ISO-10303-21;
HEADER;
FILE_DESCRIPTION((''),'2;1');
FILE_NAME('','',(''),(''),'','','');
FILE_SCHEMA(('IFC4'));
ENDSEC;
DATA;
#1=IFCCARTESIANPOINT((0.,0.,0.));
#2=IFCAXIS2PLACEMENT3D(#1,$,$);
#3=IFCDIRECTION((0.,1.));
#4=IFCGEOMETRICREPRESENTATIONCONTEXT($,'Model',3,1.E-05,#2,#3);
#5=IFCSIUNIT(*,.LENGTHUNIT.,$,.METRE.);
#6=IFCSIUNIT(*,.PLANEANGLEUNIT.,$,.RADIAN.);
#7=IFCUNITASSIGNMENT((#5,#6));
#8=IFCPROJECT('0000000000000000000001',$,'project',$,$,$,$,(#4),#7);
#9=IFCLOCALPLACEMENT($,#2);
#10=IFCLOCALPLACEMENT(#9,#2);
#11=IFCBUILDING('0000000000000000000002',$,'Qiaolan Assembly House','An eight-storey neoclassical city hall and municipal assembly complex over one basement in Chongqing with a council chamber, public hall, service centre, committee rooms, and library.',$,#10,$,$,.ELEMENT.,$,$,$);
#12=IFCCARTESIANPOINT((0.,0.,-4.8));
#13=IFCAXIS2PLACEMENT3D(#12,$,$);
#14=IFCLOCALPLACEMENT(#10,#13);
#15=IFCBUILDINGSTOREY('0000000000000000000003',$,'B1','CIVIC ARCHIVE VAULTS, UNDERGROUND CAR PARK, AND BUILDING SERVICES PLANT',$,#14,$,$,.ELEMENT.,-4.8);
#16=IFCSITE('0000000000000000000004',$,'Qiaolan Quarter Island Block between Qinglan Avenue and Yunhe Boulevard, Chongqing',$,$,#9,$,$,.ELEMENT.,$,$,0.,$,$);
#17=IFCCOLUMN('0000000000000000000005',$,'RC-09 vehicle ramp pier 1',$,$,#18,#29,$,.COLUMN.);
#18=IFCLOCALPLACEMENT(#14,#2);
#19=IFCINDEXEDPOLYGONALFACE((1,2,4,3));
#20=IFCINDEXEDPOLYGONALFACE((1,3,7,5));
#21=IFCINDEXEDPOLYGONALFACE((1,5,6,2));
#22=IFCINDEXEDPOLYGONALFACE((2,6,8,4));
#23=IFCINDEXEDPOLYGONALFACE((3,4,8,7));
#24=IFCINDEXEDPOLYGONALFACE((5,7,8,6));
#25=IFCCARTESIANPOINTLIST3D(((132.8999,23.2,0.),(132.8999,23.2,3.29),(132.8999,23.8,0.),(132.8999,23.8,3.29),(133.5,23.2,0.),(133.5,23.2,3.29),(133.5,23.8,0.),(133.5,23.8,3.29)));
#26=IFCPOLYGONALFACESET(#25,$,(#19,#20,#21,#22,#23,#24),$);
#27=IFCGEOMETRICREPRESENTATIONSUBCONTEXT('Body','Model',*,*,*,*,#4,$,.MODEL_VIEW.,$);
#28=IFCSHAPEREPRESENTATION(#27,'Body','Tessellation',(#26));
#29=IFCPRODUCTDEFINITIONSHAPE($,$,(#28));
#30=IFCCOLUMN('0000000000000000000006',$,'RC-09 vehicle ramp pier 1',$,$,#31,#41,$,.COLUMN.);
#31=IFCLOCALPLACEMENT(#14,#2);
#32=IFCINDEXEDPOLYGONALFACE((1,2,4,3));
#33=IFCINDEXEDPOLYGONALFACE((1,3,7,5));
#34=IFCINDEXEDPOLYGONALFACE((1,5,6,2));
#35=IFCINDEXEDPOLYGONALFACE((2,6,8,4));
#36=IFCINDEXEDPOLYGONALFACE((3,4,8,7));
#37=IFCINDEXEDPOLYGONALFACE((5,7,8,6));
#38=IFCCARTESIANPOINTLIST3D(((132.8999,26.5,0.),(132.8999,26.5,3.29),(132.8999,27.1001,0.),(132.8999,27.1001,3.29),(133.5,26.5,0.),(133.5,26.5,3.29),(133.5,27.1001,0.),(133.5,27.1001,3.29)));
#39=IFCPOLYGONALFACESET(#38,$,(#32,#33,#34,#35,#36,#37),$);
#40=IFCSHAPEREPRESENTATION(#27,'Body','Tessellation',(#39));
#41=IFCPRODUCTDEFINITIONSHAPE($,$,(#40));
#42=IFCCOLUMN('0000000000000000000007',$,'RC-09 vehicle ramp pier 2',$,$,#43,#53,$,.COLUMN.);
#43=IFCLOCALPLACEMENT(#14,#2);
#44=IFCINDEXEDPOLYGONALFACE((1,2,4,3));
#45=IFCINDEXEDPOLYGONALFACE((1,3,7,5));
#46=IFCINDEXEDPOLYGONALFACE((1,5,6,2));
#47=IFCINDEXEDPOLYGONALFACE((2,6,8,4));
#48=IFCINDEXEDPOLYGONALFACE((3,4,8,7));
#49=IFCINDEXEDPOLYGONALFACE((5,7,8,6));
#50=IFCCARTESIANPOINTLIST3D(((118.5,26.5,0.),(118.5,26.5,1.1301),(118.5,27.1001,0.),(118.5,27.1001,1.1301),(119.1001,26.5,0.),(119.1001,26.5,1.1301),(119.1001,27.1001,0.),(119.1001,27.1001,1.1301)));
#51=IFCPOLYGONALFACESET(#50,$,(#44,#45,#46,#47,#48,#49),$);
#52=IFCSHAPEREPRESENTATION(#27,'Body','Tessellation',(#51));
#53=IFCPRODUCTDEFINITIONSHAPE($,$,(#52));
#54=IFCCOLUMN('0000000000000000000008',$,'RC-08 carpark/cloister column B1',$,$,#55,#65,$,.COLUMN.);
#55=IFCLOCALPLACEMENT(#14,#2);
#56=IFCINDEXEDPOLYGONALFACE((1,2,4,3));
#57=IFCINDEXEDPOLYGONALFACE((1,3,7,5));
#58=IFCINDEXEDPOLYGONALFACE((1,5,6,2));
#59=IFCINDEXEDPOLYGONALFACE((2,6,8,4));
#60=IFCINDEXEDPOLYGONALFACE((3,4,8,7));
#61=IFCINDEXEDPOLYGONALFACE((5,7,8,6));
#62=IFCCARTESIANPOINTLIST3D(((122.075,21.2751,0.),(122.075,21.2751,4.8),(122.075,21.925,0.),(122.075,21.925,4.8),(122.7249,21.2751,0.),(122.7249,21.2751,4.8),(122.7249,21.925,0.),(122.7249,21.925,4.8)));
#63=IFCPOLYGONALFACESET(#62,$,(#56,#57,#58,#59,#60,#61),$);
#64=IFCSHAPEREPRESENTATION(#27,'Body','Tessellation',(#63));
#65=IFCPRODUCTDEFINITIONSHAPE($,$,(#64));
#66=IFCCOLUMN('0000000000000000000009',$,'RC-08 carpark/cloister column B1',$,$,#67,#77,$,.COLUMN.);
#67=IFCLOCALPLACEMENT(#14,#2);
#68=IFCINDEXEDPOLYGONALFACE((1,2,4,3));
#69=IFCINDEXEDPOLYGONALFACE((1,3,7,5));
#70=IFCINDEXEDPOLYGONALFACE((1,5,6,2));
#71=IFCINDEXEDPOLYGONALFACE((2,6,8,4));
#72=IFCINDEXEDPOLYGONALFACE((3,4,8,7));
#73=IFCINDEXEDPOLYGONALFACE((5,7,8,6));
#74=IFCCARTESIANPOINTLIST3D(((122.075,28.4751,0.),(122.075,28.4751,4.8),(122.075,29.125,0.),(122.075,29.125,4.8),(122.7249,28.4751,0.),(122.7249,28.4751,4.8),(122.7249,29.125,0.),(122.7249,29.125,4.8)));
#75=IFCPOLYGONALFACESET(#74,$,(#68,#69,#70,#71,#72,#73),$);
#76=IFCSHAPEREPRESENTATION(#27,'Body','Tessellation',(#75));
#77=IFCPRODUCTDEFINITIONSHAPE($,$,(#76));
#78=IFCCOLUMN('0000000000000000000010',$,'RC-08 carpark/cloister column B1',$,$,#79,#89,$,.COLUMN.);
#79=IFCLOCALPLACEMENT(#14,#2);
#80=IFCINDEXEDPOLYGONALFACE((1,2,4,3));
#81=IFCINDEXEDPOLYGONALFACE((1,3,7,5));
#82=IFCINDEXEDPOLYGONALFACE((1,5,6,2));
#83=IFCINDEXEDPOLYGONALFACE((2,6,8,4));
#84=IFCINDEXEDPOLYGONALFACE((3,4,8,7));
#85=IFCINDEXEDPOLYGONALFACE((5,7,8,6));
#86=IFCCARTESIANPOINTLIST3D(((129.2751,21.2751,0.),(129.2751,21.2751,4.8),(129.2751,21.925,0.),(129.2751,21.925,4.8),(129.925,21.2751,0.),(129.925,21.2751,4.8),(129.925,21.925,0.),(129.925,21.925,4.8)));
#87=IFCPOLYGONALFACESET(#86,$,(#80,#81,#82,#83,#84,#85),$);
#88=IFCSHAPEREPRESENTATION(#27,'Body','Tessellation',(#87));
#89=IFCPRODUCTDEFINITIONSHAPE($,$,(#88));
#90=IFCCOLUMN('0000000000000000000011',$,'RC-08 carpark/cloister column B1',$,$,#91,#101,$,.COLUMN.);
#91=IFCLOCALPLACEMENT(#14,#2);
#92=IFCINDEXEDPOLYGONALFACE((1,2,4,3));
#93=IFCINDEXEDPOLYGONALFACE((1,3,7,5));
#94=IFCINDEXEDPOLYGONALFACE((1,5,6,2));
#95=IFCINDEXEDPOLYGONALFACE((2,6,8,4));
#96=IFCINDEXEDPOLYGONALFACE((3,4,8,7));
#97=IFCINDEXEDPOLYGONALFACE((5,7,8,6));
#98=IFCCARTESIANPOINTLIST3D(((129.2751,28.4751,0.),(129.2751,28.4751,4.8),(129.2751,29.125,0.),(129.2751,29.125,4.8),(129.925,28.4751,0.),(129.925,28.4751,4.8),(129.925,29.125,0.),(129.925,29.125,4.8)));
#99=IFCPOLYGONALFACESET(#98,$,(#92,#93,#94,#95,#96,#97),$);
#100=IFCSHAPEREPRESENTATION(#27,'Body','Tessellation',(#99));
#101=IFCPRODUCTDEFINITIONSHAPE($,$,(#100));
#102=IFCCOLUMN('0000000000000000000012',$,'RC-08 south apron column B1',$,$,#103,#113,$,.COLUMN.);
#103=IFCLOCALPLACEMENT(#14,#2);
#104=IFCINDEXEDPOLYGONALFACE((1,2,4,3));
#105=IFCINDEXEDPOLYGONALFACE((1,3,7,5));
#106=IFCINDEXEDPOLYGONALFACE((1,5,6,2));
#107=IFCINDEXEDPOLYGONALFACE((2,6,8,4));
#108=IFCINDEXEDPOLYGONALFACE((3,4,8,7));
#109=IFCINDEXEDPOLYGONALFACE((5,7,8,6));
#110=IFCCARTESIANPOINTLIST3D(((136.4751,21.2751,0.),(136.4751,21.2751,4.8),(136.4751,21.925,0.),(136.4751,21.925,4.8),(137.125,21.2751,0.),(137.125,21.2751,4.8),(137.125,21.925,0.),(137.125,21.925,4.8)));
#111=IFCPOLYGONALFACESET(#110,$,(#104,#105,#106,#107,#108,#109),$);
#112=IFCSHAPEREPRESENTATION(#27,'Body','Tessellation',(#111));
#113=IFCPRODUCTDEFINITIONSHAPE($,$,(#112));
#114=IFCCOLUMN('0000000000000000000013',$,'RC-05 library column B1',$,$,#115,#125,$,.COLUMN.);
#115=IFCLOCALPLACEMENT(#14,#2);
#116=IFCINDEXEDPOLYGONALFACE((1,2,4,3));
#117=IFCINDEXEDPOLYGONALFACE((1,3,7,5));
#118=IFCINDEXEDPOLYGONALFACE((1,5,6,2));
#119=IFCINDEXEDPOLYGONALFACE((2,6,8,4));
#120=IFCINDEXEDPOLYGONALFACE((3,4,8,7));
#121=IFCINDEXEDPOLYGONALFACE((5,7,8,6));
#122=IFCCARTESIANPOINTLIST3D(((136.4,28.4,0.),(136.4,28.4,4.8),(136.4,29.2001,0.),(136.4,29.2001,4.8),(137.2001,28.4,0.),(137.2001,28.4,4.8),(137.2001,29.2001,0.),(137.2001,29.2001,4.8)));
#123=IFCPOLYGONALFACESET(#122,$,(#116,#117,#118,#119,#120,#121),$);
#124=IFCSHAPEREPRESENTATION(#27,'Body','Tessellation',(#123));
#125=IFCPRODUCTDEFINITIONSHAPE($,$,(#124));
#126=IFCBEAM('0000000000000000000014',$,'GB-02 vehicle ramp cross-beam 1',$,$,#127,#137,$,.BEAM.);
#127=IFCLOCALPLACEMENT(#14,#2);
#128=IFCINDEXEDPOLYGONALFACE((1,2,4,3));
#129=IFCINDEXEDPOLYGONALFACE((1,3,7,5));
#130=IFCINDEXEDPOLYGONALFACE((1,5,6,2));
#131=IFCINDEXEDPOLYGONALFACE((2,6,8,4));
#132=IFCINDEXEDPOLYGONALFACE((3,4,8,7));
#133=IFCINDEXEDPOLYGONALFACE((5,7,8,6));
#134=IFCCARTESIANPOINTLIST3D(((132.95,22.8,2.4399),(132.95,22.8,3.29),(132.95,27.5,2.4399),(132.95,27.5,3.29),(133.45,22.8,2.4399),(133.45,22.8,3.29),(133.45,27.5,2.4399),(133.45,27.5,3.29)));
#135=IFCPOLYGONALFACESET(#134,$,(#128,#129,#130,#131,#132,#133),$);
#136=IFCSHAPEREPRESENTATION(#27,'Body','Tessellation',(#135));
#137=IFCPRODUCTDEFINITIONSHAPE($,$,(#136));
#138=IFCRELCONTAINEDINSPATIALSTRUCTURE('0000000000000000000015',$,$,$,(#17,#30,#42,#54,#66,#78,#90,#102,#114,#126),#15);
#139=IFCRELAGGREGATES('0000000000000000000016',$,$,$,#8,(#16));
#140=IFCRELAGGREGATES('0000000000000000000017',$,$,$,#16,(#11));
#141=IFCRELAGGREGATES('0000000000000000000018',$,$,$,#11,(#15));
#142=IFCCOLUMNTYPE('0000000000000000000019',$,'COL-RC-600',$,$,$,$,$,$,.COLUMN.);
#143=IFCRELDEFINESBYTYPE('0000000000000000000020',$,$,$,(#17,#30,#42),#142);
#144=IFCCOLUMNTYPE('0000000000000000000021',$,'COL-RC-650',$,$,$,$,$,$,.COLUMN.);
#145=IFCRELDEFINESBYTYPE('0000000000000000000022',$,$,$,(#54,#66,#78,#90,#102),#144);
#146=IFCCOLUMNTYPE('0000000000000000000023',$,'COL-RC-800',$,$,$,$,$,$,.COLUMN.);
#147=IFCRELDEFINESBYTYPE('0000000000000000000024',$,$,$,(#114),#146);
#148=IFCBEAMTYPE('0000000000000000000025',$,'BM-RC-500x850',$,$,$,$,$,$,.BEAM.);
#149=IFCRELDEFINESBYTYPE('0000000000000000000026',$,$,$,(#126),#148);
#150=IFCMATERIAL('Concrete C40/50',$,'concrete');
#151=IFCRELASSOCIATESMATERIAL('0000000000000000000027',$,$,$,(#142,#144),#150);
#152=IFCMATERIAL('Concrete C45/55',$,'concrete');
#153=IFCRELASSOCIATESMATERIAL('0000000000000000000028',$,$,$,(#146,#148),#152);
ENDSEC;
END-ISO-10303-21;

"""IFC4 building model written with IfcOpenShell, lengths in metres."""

from ifc_helpers import new_model, si_unit, direction, frame, origin, origin_2d, place, context, subcontext, project, spatial, rectangle, extrude, material, material_profile, profile_set, type_object, element, save


model = new_model("IFC4")

# Units and contexts
model_context = context("Model", 3, precision=1e-05, world=origin(), true_north=direction((0.0, 1.0)))
body_context = subcontext(model_context, "Body", "Model", "MODEL_VIEW")
ifc_project = project(units=[si_unit("LENGTHUNIT", "METRE"), si_unit("PLANEANGLEUNIT", "RADIAN")], contexts=[model_context])

# Site, building, storey
site_placement = place(None, origin())
site = spatial("IfcSite", under=ifc_project, at=site_placement, Name="Qiaolan Quarter Island Block between Qinglan Avenue and Yunhe Boulevard, Chongqing", CompositionType="ELEMENT", RefElevation=0.0)
building_placement = place(site_placement, origin())
building = spatial("IfcBuilding", under=site, at=building_placement, Name="Qiaolan Assembly House", Description="An eight-storey neoclassical city hall and municipal assembly complex over one basement in Chongqing with a council chamber, public hall, service centre, committee rooms, and library.", CompositionType="ELEMENT")
storey_placement = place(building_placement, frame((0.0, 0.0, -4.8)))
storey = spatial("IfcBuildingStorey", under=building, at=storey_placement, Name="B1", Description="CIVIC ARCHIVE VAULTS, UNDERGROUND CAR PARK, AND BUILDING SERVICES PLANT", CompositionType="ELEMENT", Elevation=-4.8)

# Shared definitions
ifc_material_1 = material(Name="Concrete C40/50", Category="concrete")

# Shared definitions
ifc_material_2 = material(Name="Concrete C45/55", Category="concrete")

# Columns
ifc_material_profile_1 = material_profile(ifc_material_1, rectangle(XDim=0.6001, YDim=0.6001, at=origin_2d()), Name="RC 600x600")
ifc_profile_set_1 = profile_set([ifc_material_profile_1], Name="Concrete C40/50")
column_type_1 = type_object("IfcColumnType", Name="COL-RC-600", PredefinedType="COLUMN", material=ifc_profile_set_1)
for number, where, z_axis, x_axis, name in (
    (1, (133.2, 23.5, 0.0), (0.0, 0.0, 1.0), (1.0, 0.0, 0.0), "RC-09 vehicle ramp pier 1"),
    (2, (133.2, 26.8, 0.0), (0.0, 0.0, 1.0), (1.0, 0.0, 0.0), "RC-09 vehicle ramp pier 1"),
):
    element("IfcColumn", number, at=place(storey_placement, frame(where, z_axis=z_axis, x_axis=x_axis)), inside=storey, type_object=column_type_1, Name=name, PredefinedType="COLUMN", context=body_context, shape_type="SweptSolid", body=[
        extrude(rectangle(XDim=0.6001, YDim=0.6001, at=origin_2d()), origin(), (0.0, 0.0, 1.0), 3.29),
    ])
column_1_placement = place(storey_placement, frame((118.8, 26.8, 0.0), z_axis=(0.0, 0.0, 1.0), x_axis=(1.0, 0.0, 0.0)))
element("IfcColumn", 3, at=column_1_placement, inside=storey, type_object=column_type_1, Name="RC-09 vehicle ramp pier 2", PredefinedType="COLUMN", context=body_context, shape_type="SweptSolid", body=[
    extrude(rectangle(XDim=0.6001, YDim=0.6001, at=origin_2d()), origin(), (0.0, 0.0, 1.0), 1.1301),
])
ifc_material_profile_2 = material_profile(ifc_material_1, rectangle(XDim=0.6499, YDim=0.6499, at=origin_2d()), Name="RC 650x650")
ifc_profile_set_2 = profile_set([ifc_material_profile_2], Name="Concrete C40/50")
column_type_2 = type_object("IfcColumnType", Name="COL-RC-650", PredefinedType="COLUMN", material=ifc_profile_set_2)
for number, where, z_axis, x_axis, name in (
    (4, (122.3999, 21.6001, 0.0), (0.0, 0.0, 1.0), (1.0, 0.0, 0.0), "RC-08 carpark/cloister column B1"),
    (5, (122.3999, 28.8, 0.0), (0.0, 0.0, 1.0), (1.0, 0.0, 0.0), "RC-08 carpark/cloister column B1"),
    (6, (129.6001, 21.6001, 0.0), (0.0, 0.0, 1.0), (1.0, 0.0, 0.0), "RC-08 carpark/cloister column B1"),
    (7, (129.6001, 28.8, 0.0), (0.0, 0.0, 1.0), (1.0, 0.0, 0.0), "RC-08 carpark/cloister column B1"),
    (8, (136.8, 21.6001, 0.0), (0.0, 0.0, 1.0), (1.0, 0.0, 0.0), "RC-08 south apron column B1"),
):
    element("IfcColumn", number, at=place(storey_placement, frame(where, z_axis=z_axis, x_axis=x_axis)), inside=storey, type_object=column_type_2, Name=name, PredefinedType="COLUMN", context=body_context, shape_type="SweptSolid", body=[
        extrude(rectangle(XDim=0.6499, YDim=0.6499, at=origin_2d()), origin(), (0.0, 0.0, 1.0), 4.8),
    ])
ifc_material_profile_3 = material_profile(ifc_material_2, rectangle(XDim=0.8, YDim=0.8, at=origin_2d()), Name="RC 800x800")
ifc_profile_set_3 = profile_set([ifc_material_profile_3], Name="Concrete C45/55")
column_type_3 = type_object("IfcColumnType", Name="COL-RC-800", PredefinedType="COLUMN", material=ifc_profile_set_3)
column_2_placement = place(storey_placement, frame((136.8, 28.8, 0.0), z_axis=(0.0, 0.0, 1.0), x_axis=(1.0, 0.0, 0.0)))
element("IfcColumn", 9, at=column_2_placement, inside=storey, type_object=column_type_3, Name="RC-05 library column B1", PredefinedType="COLUMN", context=body_context, shape_type="SweptSolid", body=[
    extrude(rectangle(XDim=0.8, YDim=0.8, at=origin_2d()), origin(), (0.0, 0.0, 1.0), 4.8),
])

# Beam
ifc_material_profile_4 = material_profile(ifc_material_2, rectangle(XDim=0.5, YDim=0.8501, at=origin_2d()), Name="RCB 500x850")
ifc_profile_set_4 = profile_set([ifc_material_profile_4], Name="Concrete C45/55")
beam_type = type_object("IfcBeamType", Name="BM-RC-500x850", PredefinedType="BEAM", material=ifc_profile_set_4)
beam_placement = place(storey_placement, frame((133.2, 22.8, 2.865), z_axis=(0.0, 1.0, 0.0), x_axis=(-1.0, 0.0, 0.0)))
element("IfcBeam", 10, at=beam_placement, inside=storey, type_object=beam_type, Name="GB-02 vehicle ramp cross-beam 1", PredefinedType="BEAM", context=body_context, shape_type="SweptSolid", body=[
    extrude(rectangle(XDim=0.5, YDim=0.8501, at=origin_2d()), origin(), (0.0, 0.0, 1.0), 4.7),
])

save(model, "model.ifc")
